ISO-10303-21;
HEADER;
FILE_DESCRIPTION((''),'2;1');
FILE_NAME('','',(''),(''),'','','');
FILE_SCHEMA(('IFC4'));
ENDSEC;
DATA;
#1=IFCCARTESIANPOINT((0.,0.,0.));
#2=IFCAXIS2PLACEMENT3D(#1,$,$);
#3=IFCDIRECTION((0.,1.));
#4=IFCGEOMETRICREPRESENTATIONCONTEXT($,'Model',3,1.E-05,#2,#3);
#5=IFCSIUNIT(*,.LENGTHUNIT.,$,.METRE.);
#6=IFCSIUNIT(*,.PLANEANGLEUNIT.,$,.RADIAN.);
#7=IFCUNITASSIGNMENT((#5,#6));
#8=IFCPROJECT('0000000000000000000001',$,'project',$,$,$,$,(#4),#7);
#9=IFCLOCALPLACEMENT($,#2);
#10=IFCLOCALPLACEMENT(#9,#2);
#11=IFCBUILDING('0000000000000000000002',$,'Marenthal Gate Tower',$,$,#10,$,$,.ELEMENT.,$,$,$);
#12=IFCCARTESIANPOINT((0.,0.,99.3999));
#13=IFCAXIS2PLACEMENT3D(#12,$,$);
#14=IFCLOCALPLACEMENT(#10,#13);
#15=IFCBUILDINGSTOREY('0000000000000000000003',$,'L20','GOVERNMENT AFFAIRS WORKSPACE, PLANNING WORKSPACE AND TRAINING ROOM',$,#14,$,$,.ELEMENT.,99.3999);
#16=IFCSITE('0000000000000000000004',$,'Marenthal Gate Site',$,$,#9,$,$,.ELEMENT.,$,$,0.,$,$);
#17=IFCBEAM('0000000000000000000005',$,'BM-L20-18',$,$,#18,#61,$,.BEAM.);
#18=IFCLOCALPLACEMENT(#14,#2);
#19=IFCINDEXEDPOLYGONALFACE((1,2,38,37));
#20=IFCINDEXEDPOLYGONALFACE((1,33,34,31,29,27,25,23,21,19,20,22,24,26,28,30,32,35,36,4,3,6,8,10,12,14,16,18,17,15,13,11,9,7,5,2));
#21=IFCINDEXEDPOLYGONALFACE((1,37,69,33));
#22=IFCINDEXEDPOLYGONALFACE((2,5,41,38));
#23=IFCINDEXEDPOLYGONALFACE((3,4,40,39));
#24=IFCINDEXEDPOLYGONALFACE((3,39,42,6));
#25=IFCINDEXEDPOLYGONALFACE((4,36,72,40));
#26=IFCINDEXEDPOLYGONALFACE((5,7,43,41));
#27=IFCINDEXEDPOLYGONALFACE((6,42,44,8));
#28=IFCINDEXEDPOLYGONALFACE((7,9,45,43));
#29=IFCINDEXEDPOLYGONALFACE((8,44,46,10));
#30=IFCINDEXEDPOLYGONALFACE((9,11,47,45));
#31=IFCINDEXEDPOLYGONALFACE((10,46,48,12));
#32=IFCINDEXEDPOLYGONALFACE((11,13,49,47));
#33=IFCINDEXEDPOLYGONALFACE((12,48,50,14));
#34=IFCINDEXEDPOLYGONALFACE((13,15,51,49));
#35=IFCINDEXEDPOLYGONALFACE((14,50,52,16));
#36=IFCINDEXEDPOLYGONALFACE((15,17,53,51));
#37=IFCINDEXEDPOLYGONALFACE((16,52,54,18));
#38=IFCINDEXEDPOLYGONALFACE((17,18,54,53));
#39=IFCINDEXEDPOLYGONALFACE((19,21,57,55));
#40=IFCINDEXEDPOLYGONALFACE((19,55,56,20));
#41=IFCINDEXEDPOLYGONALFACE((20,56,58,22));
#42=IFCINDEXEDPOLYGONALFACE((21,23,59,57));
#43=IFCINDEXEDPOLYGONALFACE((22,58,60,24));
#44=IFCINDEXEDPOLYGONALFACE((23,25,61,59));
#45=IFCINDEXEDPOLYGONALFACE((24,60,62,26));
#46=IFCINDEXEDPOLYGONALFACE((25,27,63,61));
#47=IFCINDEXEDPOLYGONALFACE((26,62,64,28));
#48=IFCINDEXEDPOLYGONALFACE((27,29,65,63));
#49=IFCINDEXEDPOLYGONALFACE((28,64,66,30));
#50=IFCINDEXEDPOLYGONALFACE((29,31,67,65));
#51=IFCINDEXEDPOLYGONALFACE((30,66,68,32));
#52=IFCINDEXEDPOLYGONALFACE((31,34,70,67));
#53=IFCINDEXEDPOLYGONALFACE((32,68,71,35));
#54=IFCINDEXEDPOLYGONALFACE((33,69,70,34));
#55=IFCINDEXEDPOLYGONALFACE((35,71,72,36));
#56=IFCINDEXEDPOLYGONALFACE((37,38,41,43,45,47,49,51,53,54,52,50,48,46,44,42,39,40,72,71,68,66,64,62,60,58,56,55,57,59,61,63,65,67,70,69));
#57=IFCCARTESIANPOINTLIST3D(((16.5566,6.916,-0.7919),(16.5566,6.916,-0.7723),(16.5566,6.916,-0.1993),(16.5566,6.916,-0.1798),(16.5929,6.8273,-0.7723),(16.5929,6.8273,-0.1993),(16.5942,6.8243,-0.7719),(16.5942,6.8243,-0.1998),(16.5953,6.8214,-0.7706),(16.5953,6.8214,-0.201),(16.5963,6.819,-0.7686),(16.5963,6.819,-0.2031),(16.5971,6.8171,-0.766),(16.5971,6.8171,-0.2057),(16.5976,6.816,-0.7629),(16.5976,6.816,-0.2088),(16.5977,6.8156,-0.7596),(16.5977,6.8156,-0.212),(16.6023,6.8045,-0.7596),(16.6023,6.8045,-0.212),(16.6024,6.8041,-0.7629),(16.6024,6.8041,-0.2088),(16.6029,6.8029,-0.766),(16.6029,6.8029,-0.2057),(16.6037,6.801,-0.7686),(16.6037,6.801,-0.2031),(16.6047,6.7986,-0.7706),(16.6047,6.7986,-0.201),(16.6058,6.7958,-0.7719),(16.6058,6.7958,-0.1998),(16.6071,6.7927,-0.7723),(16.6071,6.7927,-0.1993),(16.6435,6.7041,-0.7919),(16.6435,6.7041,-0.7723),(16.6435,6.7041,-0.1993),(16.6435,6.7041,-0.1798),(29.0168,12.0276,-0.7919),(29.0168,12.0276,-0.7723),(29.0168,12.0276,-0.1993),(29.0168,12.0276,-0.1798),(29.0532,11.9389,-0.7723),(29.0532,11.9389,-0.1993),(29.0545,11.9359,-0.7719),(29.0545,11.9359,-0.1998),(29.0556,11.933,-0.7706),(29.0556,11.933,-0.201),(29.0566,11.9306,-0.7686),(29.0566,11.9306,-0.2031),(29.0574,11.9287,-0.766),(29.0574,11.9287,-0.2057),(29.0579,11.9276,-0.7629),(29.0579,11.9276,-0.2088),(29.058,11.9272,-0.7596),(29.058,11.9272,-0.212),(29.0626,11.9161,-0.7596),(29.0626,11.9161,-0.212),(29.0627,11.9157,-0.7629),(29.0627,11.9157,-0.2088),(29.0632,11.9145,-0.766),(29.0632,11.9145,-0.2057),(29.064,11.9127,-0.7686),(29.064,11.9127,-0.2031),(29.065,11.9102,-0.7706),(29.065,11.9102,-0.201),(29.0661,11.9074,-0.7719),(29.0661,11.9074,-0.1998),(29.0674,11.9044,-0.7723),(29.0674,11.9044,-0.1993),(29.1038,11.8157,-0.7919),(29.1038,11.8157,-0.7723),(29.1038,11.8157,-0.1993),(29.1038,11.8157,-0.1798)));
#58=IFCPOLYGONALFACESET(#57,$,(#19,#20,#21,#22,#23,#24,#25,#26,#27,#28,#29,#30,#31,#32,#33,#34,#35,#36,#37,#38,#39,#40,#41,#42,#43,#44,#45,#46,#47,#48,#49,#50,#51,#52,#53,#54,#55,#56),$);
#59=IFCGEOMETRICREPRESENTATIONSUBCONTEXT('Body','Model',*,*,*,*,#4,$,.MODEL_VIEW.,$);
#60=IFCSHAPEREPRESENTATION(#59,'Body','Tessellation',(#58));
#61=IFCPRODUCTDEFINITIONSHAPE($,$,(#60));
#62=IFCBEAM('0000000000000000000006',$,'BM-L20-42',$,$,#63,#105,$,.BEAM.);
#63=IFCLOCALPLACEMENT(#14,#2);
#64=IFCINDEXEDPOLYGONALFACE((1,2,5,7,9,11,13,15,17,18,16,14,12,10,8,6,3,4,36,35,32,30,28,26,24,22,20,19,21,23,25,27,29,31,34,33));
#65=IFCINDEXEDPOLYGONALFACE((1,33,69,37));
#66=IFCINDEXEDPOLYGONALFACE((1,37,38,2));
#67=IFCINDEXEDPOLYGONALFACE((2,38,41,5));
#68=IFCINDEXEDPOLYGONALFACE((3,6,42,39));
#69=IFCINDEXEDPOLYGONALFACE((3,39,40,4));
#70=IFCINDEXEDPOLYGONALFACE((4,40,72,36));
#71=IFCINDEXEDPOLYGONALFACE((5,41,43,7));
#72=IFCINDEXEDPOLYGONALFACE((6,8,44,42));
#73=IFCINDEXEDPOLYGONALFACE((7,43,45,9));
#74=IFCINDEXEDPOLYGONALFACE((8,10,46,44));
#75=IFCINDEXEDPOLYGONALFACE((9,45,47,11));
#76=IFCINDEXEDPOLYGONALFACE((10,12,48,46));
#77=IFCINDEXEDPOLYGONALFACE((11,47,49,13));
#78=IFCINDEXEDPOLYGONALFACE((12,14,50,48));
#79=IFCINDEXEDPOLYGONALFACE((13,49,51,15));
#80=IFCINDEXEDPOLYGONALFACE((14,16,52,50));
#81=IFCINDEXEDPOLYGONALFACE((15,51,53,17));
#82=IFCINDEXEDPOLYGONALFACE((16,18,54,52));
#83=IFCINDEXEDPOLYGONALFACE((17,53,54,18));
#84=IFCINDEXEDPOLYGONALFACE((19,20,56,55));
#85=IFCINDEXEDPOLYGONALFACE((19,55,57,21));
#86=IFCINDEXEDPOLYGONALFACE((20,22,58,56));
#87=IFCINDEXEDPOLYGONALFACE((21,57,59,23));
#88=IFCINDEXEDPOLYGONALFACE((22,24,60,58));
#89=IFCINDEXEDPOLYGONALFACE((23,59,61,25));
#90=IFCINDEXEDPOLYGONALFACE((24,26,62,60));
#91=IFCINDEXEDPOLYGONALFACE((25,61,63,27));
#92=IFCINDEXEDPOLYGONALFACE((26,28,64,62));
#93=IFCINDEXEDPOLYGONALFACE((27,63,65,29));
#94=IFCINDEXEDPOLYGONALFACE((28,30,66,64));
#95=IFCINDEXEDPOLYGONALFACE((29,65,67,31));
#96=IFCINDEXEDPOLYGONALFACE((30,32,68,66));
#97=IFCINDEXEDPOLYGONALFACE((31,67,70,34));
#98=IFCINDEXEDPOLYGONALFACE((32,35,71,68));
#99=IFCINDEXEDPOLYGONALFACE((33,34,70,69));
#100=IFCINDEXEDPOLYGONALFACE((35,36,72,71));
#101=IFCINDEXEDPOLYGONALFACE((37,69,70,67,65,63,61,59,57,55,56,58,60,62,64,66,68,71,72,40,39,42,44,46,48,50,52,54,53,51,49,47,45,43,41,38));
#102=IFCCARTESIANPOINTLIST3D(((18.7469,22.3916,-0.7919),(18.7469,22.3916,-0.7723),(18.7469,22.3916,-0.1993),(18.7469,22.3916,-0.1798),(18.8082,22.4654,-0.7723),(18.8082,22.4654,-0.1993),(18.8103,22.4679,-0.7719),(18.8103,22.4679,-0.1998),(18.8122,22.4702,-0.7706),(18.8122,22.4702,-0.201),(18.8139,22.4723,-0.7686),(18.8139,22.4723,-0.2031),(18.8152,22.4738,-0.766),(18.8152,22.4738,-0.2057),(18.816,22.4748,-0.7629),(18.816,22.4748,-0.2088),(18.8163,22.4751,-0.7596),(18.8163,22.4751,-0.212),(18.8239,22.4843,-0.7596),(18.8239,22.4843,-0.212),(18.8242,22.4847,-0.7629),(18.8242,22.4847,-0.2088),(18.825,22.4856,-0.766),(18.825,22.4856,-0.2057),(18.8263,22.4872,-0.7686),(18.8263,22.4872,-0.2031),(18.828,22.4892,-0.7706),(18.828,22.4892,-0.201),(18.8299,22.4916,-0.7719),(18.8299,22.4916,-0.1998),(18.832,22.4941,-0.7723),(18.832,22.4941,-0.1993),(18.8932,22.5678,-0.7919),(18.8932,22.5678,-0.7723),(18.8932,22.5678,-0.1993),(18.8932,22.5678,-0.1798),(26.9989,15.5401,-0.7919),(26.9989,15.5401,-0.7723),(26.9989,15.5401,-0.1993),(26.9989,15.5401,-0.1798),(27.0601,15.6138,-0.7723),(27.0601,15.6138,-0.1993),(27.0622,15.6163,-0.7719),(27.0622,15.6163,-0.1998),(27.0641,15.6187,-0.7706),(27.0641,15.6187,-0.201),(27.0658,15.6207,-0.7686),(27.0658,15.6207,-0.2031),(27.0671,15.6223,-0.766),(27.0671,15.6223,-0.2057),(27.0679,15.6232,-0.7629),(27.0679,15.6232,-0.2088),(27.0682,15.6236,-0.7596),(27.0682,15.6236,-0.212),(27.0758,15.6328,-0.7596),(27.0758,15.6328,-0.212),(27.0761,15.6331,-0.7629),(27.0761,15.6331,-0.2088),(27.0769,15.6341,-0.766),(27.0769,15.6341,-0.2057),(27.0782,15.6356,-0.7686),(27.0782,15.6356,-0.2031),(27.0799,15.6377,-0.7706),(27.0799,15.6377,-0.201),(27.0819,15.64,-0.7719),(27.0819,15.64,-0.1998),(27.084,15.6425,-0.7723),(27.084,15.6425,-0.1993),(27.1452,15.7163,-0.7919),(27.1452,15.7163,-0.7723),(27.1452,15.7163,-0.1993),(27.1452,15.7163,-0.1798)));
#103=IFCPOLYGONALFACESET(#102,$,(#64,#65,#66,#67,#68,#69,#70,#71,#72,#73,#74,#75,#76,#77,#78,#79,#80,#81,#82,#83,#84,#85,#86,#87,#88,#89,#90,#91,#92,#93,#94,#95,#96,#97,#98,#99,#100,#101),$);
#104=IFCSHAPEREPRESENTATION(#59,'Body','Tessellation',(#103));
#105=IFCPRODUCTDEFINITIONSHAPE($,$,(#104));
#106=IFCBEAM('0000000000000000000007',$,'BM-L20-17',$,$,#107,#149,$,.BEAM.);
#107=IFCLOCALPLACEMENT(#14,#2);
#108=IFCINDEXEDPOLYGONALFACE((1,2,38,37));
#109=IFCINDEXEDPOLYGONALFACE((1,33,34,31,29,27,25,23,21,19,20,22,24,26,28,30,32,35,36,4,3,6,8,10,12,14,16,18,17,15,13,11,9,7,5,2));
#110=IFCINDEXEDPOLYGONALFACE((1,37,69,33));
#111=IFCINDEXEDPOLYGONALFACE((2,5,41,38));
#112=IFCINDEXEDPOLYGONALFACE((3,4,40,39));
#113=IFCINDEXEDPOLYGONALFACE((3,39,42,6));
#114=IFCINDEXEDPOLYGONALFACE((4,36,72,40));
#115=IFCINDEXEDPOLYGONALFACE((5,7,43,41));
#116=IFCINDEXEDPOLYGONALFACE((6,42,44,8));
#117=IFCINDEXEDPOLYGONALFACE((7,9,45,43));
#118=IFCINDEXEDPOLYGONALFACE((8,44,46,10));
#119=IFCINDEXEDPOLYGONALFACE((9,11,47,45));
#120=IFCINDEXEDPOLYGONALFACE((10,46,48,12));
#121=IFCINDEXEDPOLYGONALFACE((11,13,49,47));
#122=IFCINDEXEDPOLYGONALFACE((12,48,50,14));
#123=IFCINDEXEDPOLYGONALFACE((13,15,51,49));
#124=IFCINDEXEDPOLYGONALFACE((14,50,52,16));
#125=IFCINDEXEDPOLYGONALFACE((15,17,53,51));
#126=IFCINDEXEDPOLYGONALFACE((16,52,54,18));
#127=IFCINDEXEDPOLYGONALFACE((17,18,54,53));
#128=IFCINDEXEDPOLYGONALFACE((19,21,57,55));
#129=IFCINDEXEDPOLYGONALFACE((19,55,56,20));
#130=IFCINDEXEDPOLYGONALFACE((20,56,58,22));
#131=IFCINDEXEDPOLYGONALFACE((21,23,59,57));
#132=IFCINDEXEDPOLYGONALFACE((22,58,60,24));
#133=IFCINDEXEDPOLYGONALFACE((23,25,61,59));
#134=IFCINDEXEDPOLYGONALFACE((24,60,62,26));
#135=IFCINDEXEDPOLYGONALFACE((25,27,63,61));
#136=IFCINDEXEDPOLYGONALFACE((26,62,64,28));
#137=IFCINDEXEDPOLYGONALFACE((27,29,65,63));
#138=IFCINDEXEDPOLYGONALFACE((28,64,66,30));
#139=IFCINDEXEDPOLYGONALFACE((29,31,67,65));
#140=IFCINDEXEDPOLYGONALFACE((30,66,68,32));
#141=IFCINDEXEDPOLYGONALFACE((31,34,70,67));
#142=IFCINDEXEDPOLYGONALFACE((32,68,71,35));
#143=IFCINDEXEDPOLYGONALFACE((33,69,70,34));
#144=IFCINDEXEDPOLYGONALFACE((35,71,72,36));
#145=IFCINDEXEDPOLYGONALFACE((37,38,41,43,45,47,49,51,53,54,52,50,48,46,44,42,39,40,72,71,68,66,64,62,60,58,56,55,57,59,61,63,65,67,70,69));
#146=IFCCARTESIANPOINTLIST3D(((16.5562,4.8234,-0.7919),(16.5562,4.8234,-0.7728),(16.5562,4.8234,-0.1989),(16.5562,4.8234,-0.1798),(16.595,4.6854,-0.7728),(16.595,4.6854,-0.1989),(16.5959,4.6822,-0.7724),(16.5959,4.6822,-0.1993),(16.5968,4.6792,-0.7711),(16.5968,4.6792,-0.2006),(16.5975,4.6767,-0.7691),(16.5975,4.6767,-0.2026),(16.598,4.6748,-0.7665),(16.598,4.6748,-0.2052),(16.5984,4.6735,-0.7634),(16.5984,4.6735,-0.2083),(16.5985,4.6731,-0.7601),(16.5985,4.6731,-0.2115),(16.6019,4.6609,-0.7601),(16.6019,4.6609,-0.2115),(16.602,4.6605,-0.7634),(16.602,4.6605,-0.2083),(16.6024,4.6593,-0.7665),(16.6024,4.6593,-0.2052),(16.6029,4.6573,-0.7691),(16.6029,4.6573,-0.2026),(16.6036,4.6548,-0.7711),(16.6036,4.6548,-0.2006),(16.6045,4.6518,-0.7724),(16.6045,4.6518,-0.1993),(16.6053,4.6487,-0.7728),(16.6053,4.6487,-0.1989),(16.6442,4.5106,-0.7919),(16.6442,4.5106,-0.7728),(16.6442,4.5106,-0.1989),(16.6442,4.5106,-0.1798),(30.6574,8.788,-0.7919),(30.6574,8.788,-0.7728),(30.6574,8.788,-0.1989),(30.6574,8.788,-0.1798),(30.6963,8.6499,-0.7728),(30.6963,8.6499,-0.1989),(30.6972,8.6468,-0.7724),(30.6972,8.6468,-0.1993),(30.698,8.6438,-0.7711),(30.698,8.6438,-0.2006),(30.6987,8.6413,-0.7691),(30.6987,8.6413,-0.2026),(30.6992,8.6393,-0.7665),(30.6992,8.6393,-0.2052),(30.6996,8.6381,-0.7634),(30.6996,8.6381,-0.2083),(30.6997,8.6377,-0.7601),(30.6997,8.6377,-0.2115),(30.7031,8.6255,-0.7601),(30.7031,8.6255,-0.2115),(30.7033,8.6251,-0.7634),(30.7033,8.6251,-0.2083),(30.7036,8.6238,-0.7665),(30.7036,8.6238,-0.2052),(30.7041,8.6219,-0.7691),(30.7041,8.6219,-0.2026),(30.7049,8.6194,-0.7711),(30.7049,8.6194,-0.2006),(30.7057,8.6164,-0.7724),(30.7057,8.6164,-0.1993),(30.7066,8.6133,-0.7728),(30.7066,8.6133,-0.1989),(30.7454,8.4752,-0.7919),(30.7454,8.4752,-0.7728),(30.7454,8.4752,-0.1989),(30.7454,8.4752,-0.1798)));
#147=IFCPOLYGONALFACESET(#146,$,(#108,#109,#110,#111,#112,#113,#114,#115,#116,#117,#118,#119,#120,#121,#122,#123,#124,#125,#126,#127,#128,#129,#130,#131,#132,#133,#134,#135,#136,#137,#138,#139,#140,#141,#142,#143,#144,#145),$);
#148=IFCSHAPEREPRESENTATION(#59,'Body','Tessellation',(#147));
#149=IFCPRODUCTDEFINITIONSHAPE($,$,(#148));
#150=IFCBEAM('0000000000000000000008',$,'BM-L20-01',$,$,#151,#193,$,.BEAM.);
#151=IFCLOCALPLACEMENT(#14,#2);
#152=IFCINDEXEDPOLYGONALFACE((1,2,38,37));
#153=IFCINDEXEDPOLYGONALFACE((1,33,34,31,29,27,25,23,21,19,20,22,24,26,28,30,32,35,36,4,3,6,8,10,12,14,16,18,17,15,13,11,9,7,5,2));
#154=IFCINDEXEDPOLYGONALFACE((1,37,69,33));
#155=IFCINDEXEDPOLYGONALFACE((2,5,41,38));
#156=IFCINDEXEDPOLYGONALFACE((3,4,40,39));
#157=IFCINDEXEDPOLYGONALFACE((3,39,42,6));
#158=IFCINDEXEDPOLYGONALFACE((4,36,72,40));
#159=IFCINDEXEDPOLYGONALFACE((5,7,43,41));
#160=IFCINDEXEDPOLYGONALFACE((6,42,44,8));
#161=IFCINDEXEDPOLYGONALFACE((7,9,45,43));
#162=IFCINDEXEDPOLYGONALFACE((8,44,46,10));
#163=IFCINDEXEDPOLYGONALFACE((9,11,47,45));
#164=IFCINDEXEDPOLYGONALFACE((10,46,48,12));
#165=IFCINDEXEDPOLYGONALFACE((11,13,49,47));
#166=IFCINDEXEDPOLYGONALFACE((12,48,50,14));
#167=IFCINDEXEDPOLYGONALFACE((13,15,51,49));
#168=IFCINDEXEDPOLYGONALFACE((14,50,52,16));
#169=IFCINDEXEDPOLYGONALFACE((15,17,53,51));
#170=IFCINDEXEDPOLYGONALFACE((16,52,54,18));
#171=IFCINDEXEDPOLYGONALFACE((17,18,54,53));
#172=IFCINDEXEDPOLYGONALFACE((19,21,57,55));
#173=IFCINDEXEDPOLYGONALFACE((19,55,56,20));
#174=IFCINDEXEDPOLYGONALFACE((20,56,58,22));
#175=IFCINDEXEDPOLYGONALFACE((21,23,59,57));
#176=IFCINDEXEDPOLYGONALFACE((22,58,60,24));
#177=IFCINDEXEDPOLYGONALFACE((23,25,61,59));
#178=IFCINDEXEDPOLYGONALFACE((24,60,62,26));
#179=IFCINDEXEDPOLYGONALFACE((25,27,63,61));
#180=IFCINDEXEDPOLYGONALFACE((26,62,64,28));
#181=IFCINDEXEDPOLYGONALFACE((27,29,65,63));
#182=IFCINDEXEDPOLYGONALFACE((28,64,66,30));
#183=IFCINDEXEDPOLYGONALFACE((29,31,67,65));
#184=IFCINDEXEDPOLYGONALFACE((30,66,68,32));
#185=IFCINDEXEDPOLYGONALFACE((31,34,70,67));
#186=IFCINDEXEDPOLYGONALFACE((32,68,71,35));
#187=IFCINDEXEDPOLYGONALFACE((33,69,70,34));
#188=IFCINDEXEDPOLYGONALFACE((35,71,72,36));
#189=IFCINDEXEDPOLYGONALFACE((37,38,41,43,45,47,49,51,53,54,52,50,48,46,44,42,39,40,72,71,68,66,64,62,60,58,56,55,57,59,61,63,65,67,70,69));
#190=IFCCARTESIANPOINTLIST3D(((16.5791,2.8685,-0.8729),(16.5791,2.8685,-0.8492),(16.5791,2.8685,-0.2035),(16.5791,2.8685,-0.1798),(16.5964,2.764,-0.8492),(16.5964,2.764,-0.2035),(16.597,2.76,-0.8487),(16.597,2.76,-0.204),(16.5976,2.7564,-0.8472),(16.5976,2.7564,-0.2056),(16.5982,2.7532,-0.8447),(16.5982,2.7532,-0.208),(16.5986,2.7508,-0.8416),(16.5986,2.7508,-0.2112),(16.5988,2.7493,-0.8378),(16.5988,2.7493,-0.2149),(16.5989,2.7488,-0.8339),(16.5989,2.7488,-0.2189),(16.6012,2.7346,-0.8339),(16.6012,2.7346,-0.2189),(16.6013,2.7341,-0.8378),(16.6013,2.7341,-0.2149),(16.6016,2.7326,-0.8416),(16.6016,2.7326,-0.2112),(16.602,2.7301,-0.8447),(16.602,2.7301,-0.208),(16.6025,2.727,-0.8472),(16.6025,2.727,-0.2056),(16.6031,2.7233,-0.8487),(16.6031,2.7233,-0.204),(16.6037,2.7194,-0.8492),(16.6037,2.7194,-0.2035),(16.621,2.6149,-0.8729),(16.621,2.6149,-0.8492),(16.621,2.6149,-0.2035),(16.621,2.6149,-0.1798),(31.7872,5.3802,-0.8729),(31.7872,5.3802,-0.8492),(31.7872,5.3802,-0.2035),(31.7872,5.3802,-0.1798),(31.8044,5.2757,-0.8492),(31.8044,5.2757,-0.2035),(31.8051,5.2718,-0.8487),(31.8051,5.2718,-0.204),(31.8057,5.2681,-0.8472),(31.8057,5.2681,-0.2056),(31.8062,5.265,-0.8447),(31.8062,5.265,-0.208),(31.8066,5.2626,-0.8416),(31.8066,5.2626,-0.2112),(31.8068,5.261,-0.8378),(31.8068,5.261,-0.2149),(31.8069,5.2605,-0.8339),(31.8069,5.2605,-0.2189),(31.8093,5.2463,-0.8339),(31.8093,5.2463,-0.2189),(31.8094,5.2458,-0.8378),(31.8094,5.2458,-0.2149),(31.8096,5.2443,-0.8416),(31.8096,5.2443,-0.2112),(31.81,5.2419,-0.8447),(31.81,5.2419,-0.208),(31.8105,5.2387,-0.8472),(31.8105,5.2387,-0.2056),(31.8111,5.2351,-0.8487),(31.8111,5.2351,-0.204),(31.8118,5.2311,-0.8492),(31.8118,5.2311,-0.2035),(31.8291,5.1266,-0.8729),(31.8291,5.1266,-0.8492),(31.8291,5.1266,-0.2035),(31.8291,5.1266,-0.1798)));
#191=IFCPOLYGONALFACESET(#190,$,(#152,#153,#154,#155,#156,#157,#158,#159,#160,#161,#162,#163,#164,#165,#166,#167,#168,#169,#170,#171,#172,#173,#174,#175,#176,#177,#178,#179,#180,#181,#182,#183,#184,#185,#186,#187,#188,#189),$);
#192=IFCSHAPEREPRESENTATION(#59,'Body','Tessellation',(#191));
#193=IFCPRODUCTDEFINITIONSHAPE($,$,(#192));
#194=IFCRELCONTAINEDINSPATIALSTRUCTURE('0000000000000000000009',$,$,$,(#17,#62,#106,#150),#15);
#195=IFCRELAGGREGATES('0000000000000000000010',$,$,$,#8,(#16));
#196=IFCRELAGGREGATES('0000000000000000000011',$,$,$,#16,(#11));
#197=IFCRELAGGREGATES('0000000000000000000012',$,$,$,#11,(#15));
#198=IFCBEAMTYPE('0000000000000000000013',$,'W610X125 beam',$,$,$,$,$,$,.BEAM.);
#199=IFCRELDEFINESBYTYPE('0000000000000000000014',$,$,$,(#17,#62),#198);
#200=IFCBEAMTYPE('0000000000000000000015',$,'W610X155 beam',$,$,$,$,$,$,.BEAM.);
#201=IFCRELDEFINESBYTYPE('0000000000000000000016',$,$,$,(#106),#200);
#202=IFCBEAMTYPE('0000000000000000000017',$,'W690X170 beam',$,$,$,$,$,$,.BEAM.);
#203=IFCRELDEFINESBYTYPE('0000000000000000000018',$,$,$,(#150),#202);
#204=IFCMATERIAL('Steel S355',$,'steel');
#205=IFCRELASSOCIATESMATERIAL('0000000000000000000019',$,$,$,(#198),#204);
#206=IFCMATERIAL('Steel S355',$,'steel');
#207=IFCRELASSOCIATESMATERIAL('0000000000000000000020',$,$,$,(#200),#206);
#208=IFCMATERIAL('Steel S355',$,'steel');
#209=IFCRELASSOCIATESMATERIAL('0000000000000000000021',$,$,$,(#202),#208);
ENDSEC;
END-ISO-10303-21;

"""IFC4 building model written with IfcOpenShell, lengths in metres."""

from ifc_helpers import new_model, si_unit, direction, frame, origin, origin_2d, place, context, subcontext, project, spatial, i_section, extrude, material, material_profile, profile_set, type_object, element, save


model = new_model("IFC4")

# Units and contexts
model_context = context("Model", 3, precision=1e-05, world=origin(), true_north=direction((0.0, 1.0)))
body_context = subcontext(model_context, "Body", "Model", "MODEL_VIEW")
ifc_project = project(units=[si_unit("LENGTHUNIT", "METRE"), si_unit("PLANEANGLEUNIT", "RADIAN")], contexts=[model_context])

# Site, building, storey
site_placement = place(None, origin())
site = spatial("IfcSite", under=ifc_project, at=site_placement, Name="Marenthal Gate Site", CompositionType="ELEMENT", RefElevation=0.0)
building_placement = place(site_placement, origin())
building = spatial("IfcBuilding", under=site, at=building_placement, Name="Marenthal Gate Tower", CompositionType="ELEMENT")
storey_placement = place(building_placement, frame((0.0, 0.0, 99.3999)))
storey = spatial("IfcBuildingStorey", under=building, at=storey_placement, Name="L20", Description="GOVERNMENT AFFAIRS WORKSPACE, PLANNING WORKSPACE AND TRAINING ROOM", CompositionType="ELEMENT", Elevation=99.3999)

# Beams
ifc_material_1 = material(Name="Steel S355", Category="steel")
ifc_material_profile_1 = material_profile(ifc_material_1, i_section(OverallWidth=0.229, OverallDepth=0.6121, WebThickness=0.012, FlangeThickness=0.0195, FilletRadius=0.0127, at=origin_2d()), Name="W610X125")
ifc_profile_set_1 = profile_set([ifc_material_profile_1], Name="Steel S355")
beam_type_1 = type_object("IfcBeamType", Name="W610X125 beam", PredefinedType="BEAM", material=ifc_profile_set_1)
beam_1_placement = place(storey_placement, frame((29.0603, 11.9216, -0.4858), z_axis=(-0.925177, -0.379537, 0.0), x_axis=(0.379537, -0.925177, 0.0)))
element("IfcBeam", 1, at=beam_1_placement, inside=storey, type_object=beam_type_1, Name="BM-L20-18", PredefinedType="BEAM", context=body_context, shape_type="SweptSolid", body=[
    extrude(i_section(OverallWidth=0.229, OverallDepth=0.6121, WebThickness=0.012, FlangeThickness=0.0195, FilletRadius=0.0127, at=origin_2d()), origin(), (0.0, 0.0, 1.0), 13.468),
])
beam_2_placement = place(storey_placement, frame((27.072, 15.6282, -0.4858), z_axis=(-0.769369, 0.638804, 0.0), x_axis=(-0.638804, -0.769369, 0.0)))
element("IfcBeam", 2, at=beam_2_placement, inside=storey, type_object=beam_type_1, Name="BM-L20-42", PredefinedType="BEAM", context=body_context, shape_type="SweptSolid", body=[
    extrude(i_section(OverallWidth=0.229, OverallDepth=0.6121, WebThickness=0.012, FlangeThickness=0.0195, FilletRadius=0.0127, at=origin_2d()), origin(), (0.0, 0.0, 1.0), 10.7256),
])
ifc_material_2 = material(Name="Steel S355", Category="steel")
ifc_material_profile_2 = material_profile(ifc_material_2, i_section(OverallWidth=0.325, OverallDepth=0.6121, WebThickness=0.0127, FlangeThickness=0.019, FilletRadius=0.0127, at=origin_2d()), Name="W610X155")
ifc_profile_set_2 = profile_set([ifc_material_profile_2], Name="Steel S355")
beam_type_2 = type_object("IfcBeamType", Name="W610X155 beam", PredefinedType="BEAM", material=ifc_profile_set_2)
beam_3_placement = place(storey_placement, frame((30.7014, 8.6316, -0.4858), z_axis=(-0.962676, -0.270657, 0.0), x_axis=(0.270657, -0.962676, 0.0)))
element("IfcBeam", 3, at=beam_3_placement, inside=storey, type_object=beam_type_2, Name="BM-L20-17", PredefinedType="BEAM", context=body_context, shape_type="SweptSolid", body=[
    extrude(i_section(OverallWidth=0.325, OverallDepth=0.6121, WebThickness=0.0127, FlangeThickness=0.019, FilletRadius=0.0127, at=origin_2d()), origin(), (0.0, 0.0, 1.0), 14.6479),
])
ifc_material_3 = material(Name="Steel S355", Category="steel")
ifc_material_profile_3 = material_profile(ifc_material_3, i_section(OverallWidth=0.2571, OverallDepth=0.6931, WebThickness=0.0144, FlangeThickness=0.0237, FilletRadius=0.0154, at=origin_2d()), Name="W690X170")
ifc_profile_set_3 = profile_set([ifc_material_profile_3], Name="Steel S355")
beam_type_3 = type_object("IfcBeamType", Name="W690X170 beam", PredefinedType="BEAM", material=ifc_profile_set_3)
beam_4_placement = place(storey_placement, frame((31.8081, 5.2534, -0.5264), z_axis=(-0.986634, -0.16295, 0.0), x_axis=(0.16295, -0.986634, 0.0)))
element("IfcBeam", 4, at=beam_4_placement, inside=storey, type_object=beam_type_3, Name="BM-L20-01", PredefinedType="BEAM", context=body_context, shape_type="SweptSolid", body=[
    extrude(i_section(OverallWidth=0.2571, OverallDepth=0.6931, WebThickness=0.0144, FlangeThickness=0.0237, FilletRadius=0.0154, at=origin_2d()), origin(), (0.0, 0.0, 1.0), 15.4141),
])

save(model, "model.ifc")
